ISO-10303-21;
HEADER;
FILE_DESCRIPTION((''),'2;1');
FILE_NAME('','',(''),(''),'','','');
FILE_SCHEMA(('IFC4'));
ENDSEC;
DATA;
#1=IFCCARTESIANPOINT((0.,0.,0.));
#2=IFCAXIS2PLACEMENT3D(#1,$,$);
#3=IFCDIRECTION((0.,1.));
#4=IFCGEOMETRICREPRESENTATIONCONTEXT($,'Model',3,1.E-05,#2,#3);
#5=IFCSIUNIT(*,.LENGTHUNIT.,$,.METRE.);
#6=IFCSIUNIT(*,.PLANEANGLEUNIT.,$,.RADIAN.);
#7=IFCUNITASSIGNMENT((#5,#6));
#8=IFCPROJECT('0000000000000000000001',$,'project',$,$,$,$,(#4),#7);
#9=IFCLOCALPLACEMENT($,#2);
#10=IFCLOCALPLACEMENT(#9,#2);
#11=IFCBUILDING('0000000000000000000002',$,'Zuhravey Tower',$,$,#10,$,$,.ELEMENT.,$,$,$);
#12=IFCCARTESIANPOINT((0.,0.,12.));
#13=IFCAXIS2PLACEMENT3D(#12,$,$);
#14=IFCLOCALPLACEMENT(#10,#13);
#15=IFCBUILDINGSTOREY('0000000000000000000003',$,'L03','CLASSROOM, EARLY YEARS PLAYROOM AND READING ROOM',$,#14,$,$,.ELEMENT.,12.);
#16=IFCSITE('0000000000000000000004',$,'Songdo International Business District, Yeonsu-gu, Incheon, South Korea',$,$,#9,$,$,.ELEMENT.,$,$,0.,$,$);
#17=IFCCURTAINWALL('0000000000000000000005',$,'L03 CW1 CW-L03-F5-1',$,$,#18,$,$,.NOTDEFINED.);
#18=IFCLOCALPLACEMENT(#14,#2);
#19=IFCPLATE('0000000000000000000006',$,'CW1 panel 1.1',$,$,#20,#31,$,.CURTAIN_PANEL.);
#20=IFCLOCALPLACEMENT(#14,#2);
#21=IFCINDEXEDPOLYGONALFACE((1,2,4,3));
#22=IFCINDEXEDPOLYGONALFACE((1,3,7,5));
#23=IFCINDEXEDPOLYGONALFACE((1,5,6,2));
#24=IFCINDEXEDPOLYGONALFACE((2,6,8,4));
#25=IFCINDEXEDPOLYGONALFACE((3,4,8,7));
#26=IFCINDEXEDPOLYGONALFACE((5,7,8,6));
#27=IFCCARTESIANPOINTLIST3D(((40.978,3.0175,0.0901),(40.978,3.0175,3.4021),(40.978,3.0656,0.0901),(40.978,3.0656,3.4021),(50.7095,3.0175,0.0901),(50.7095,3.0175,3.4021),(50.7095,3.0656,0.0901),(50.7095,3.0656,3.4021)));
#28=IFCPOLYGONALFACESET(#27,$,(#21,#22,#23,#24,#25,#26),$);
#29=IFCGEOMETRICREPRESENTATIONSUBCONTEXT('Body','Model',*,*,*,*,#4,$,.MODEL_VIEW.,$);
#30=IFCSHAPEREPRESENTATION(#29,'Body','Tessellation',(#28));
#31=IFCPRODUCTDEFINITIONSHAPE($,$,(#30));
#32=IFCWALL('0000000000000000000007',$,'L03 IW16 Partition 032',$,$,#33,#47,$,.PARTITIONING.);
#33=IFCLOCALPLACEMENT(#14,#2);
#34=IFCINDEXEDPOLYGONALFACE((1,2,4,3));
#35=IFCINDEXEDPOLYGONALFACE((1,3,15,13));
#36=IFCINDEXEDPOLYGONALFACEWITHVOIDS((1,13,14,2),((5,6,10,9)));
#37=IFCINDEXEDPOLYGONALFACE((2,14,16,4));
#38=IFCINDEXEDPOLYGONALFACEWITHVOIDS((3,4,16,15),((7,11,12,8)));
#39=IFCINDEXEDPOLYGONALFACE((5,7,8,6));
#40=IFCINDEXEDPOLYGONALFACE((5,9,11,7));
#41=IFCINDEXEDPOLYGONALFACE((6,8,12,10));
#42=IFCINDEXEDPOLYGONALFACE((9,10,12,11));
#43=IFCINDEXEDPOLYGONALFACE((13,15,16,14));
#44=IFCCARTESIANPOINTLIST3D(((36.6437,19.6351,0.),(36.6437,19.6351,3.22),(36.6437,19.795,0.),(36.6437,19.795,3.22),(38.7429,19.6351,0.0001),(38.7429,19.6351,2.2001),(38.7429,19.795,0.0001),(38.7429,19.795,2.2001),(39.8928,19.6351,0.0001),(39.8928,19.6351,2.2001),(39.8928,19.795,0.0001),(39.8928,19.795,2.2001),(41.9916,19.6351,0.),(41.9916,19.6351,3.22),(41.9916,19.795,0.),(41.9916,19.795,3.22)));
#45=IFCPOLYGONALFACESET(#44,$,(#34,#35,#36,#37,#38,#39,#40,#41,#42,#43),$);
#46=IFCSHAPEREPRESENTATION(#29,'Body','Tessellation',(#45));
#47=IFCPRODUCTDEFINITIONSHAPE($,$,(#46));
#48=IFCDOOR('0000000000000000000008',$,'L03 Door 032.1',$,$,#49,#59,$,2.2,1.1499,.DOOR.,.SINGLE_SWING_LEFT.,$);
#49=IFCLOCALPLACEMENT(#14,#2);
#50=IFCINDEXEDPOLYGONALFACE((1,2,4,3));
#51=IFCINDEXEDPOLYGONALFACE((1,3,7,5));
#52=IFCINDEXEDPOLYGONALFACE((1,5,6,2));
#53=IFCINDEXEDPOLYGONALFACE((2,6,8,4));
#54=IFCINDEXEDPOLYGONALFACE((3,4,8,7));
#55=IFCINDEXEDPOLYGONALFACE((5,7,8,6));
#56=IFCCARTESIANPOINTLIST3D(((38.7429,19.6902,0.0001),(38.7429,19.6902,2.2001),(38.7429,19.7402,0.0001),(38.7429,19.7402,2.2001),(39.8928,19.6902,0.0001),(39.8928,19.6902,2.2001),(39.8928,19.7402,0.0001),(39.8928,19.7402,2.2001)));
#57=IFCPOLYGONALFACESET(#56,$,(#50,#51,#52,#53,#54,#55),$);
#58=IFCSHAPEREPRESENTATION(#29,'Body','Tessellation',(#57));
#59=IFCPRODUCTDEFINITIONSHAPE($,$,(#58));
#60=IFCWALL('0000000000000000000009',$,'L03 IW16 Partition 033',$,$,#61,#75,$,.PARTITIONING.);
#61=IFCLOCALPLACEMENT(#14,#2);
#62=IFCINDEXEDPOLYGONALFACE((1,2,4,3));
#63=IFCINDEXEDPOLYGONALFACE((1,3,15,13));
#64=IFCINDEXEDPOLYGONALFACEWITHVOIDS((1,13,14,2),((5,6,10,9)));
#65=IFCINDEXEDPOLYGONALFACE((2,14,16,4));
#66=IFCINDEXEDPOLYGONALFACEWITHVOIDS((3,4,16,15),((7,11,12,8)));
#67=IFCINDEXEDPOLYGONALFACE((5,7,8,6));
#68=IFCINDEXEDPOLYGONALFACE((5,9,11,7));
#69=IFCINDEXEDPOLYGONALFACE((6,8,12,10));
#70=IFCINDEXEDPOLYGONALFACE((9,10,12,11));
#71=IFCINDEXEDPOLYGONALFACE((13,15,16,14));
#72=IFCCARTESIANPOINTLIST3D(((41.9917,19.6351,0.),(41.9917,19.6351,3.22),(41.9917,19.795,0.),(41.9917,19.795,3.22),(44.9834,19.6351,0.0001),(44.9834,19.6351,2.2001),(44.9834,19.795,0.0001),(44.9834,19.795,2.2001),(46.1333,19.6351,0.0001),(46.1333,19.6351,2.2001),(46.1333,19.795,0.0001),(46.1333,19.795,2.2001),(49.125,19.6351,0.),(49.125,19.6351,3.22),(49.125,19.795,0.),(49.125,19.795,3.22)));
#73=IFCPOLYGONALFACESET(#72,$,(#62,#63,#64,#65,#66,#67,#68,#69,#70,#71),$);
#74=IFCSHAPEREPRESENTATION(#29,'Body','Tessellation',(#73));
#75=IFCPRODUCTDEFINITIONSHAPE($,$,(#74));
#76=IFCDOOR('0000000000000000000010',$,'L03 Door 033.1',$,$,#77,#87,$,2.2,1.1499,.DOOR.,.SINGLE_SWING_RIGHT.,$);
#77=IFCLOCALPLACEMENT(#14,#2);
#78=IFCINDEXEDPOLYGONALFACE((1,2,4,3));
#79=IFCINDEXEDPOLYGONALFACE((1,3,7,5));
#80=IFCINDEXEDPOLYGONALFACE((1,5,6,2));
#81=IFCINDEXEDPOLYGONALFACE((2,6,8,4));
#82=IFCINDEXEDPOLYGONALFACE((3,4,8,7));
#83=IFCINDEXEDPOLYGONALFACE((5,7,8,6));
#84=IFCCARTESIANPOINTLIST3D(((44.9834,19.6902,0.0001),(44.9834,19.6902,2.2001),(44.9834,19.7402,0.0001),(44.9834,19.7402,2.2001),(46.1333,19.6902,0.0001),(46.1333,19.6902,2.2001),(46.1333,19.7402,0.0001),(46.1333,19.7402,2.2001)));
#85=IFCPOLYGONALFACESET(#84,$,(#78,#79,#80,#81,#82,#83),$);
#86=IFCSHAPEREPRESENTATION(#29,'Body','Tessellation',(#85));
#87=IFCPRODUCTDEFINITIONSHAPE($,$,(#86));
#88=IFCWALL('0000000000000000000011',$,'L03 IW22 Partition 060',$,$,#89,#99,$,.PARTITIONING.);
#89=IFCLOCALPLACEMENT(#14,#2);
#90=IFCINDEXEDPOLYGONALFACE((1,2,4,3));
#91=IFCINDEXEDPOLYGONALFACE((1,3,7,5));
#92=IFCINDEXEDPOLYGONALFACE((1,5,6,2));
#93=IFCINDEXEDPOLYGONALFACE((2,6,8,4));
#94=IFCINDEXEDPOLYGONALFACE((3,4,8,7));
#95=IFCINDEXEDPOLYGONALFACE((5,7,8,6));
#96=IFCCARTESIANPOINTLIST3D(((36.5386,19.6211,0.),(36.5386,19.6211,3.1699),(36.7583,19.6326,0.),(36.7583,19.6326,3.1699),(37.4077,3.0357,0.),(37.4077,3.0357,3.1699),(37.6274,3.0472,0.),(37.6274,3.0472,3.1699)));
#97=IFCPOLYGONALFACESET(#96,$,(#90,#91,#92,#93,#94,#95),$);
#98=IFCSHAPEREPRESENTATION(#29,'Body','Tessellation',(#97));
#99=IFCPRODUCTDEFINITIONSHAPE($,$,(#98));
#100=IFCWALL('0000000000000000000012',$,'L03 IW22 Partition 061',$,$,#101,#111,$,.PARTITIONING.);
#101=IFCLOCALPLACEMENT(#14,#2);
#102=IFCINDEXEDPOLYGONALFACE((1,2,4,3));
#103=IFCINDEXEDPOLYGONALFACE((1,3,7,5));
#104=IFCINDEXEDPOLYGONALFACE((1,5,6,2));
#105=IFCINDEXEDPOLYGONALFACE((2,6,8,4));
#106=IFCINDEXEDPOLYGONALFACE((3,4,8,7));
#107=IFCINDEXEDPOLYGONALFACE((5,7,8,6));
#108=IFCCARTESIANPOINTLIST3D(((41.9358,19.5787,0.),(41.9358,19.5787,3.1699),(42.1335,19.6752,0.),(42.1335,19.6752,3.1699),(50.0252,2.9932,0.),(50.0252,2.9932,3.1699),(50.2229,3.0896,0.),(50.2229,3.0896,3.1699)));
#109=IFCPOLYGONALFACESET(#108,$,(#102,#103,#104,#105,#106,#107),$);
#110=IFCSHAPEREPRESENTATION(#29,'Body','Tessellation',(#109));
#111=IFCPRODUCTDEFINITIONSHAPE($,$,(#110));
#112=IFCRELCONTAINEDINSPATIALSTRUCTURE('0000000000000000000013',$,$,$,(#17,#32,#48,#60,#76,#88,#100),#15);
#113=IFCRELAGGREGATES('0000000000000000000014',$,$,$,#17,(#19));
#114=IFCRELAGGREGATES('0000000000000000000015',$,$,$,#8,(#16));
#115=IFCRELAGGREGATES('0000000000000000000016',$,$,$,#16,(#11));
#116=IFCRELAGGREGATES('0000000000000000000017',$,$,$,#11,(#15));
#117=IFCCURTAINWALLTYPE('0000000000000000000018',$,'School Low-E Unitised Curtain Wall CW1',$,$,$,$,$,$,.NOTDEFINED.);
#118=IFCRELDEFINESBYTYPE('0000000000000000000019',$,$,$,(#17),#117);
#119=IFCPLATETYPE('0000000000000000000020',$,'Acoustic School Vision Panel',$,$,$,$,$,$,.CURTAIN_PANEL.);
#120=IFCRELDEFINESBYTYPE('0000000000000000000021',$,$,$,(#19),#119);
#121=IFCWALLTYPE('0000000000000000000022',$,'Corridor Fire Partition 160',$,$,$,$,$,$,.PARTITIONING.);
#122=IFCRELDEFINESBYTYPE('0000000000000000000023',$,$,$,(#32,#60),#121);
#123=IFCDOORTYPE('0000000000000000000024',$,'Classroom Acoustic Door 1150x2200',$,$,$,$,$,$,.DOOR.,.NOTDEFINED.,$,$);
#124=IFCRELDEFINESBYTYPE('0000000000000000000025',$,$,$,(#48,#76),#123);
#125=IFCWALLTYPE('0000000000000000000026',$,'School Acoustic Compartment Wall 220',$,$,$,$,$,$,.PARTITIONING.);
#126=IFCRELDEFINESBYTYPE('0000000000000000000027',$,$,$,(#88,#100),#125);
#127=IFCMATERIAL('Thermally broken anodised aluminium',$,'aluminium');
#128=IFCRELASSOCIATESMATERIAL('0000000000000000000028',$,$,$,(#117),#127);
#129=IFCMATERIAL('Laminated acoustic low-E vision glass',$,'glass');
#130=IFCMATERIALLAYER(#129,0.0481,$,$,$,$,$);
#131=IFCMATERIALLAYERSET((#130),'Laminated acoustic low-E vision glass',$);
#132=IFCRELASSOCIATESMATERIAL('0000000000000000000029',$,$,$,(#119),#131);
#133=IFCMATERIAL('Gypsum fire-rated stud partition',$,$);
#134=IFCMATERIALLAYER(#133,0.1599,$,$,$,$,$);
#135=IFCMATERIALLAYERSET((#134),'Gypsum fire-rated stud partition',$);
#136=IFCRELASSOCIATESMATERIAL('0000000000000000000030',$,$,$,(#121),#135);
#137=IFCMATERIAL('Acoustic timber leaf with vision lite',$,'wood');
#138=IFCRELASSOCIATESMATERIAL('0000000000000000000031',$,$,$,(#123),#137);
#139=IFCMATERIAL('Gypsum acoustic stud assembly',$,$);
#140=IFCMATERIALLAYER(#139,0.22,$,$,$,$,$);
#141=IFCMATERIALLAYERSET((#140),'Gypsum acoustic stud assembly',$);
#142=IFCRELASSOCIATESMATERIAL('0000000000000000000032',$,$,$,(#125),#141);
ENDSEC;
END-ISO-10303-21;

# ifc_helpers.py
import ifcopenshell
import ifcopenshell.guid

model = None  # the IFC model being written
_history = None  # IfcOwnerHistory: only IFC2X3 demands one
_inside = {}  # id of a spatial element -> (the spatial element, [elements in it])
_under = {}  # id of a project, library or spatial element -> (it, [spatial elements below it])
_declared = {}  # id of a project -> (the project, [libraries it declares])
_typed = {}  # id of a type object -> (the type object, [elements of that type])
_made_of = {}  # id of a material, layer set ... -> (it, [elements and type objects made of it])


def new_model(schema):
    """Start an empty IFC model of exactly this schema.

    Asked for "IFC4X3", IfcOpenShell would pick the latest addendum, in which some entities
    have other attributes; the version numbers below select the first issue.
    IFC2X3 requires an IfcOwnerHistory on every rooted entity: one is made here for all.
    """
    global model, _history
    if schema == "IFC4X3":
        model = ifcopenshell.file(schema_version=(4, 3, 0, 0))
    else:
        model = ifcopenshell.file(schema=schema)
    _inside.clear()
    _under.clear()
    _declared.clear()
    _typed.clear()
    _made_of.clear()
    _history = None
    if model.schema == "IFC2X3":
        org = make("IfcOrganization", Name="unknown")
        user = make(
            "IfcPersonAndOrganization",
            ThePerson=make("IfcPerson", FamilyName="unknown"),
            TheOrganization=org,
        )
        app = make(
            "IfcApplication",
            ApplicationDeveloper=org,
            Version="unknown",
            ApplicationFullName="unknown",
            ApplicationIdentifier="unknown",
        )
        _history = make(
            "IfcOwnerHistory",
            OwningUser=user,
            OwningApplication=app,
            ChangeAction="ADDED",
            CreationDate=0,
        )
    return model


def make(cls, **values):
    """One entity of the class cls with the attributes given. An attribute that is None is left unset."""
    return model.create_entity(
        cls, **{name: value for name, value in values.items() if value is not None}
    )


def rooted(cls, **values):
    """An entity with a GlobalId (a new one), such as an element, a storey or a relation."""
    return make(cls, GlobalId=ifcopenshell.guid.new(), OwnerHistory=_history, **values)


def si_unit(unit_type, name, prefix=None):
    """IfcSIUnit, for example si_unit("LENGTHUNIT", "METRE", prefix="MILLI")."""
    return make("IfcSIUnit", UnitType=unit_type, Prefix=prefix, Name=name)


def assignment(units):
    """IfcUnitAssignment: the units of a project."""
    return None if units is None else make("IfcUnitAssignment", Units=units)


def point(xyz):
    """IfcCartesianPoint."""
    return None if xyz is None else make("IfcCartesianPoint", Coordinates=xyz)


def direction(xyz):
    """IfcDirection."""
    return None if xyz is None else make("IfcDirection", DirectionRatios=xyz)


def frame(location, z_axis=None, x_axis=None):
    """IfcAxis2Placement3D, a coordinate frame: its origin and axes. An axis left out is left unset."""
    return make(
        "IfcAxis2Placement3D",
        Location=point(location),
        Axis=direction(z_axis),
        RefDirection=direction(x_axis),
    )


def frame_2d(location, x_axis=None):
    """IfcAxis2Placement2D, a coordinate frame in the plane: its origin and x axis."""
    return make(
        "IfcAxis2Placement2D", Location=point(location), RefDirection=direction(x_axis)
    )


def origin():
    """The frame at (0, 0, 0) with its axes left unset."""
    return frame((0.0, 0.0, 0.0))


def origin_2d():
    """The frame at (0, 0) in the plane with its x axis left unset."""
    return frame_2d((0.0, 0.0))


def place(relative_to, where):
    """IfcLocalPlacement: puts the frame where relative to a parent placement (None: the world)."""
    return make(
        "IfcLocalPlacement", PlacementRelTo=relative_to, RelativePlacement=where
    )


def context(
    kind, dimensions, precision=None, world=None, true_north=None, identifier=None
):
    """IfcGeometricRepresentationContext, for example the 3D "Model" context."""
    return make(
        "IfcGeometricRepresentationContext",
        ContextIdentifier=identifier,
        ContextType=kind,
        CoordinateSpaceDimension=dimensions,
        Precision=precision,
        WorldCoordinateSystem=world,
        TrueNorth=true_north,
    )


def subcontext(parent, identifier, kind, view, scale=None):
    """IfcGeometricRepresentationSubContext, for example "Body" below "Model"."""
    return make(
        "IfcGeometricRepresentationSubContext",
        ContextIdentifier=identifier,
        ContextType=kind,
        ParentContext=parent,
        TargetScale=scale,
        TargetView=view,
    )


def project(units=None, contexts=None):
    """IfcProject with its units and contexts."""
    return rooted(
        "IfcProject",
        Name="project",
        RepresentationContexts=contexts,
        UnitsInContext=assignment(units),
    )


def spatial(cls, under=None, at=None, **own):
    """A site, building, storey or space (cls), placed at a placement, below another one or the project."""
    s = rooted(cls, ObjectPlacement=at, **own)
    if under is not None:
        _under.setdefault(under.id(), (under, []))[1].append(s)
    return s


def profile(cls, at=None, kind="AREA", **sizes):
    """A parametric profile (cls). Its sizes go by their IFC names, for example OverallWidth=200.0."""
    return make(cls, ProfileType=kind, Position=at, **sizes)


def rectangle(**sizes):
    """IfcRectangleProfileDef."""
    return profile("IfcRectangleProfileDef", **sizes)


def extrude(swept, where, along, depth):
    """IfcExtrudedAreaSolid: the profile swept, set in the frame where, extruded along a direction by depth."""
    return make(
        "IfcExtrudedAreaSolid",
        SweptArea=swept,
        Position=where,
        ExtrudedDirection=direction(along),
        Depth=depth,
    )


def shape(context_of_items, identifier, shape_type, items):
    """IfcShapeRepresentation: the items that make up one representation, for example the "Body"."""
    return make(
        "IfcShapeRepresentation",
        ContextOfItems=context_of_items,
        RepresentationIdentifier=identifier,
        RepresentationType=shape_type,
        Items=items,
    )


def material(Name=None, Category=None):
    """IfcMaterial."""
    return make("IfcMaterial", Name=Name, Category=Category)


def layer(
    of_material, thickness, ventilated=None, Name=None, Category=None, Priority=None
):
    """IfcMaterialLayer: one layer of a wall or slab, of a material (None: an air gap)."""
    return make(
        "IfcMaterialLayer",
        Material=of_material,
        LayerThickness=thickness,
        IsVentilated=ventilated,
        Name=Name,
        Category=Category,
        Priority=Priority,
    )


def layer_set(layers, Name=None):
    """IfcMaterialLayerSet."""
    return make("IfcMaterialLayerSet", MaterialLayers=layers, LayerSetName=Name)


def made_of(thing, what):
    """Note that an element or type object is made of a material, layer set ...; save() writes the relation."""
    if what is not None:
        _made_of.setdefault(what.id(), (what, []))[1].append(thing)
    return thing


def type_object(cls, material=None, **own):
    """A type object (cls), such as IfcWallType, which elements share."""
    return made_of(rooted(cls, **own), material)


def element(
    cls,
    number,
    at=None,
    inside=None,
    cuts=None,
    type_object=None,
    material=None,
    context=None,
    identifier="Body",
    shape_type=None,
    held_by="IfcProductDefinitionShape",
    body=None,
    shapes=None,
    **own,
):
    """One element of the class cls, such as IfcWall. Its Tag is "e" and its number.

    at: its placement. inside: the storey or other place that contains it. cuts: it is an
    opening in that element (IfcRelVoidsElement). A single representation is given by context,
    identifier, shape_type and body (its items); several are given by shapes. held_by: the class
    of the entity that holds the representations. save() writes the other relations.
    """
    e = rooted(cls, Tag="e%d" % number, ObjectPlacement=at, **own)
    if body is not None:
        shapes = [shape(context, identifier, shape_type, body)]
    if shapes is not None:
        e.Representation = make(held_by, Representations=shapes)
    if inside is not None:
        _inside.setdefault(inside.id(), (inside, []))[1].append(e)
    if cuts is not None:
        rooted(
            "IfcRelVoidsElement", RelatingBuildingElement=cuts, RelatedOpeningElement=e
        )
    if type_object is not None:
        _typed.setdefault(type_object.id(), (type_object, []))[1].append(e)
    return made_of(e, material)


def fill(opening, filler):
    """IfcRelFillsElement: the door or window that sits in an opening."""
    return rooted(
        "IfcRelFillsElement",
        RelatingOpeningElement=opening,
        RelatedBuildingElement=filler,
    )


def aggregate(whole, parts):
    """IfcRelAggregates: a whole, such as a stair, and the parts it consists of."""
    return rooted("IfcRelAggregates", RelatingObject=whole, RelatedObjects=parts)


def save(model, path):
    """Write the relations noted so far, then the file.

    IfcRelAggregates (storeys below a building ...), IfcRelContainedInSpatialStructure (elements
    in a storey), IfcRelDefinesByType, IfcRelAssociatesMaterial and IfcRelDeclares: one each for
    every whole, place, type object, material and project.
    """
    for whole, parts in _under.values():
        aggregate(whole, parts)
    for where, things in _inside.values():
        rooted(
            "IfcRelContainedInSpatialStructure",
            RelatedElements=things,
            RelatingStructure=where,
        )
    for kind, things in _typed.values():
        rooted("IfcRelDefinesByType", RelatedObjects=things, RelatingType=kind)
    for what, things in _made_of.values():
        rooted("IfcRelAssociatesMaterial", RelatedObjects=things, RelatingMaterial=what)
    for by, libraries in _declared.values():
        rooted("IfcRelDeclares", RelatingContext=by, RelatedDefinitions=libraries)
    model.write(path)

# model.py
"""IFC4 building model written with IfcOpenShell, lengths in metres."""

from ifc_helpers import new_model, si_unit, direction, frame, frame_2d, origin, origin_2d, place, context, subcontext, project, spatial, rectangle, extrude, material, layer, layer_set, type_object, element, fill, aggregate, save


model = new_model("IFC4")

# Units and contexts
model_context = context("Model", 3, precision=1e-05, world=origin(), true_north=direction((0.0, 1.0)))
body_context = subcontext(model_context, "Body", "Model", "MODEL_VIEW")
ifc_project = project(units=[si_unit("LENGTHUNIT", "METRE"), si_unit("PLANEANGLEUNIT", "RADIAN")], contexts=[model_context])

# Site, building, storey
site_placement = place(None, origin())
site = spatial("IfcSite", under=ifc_project, at=site_placement, Name="Songdo International Business District, Yeonsu-gu, Incheon, South Korea", CompositionType="ELEMENT", RefElevation=0.0)
building_placement = place(site_placement, origin())
building = spatial("IfcBuilding", under=site, at=building_placement, Name="Zuhravey Tower", CompositionType="ELEMENT")
storey_placement = place(building_placement, frame((0.0, 0.0, 12.0)))
storey = spatial("IfcBuildingStorey", under=building, at=storey_placement, Name="L03", Description="CLASSROOM, EARLY YEARS PLAYROOM AND READING ROOM", CompositionType="ELEMENT", Elevation=12.0)

# Curtain wall
ifc_material_1 = material(Name="Thermally broken anodised aluminium", Category="aluminium")
curtain_wall_type = type_object("IfcCurtainWallType", Name="School Low-E Unitised Curtain Wall CW1", PredefinedType="NOTDEFINED", material=ifc_material_1)
curtain_wall_placement = place(storey_placement, origin())
curtain_wall = element("IfcCurtainWall", 1, at=curtain_wall_placement, inside=storey, type_object=curtain_wall_type, Name="L03 CW1 CW-L03-F5-1", PredefinedType="NOTDEFINED")

# Plate
ifc_material_2 = material(Name="Laminated acoustic low-E vision glass", Category="glass")
ifc_layer_1 = layer(ifc_material_2, 0.0481)
ifc_layer_set_1 = layer_set([ifc_layer_1], Name="Laminated acoustic low-E vision glass")
plate_type = type_object("IfcPlateType", Name="Acoustic School Vision Panel", PredefinedType="CURTAIN_PANEL", material=ifc_layer_set_1)
plate_placement = place(storey_placement, frame((45.8438, 3.0415, 0.0901), z_axis=(0.0, 0.0, 1.0), x_axis=(-1.0, 0.0, 0.0)))
plate = element("IfcPlate", 2, at=plate_placement, type_object=plate_type, Name="CW1 panel 1.1", PredefinedType="CURTAIN_PANEL", context=body_context, shape_type="SweptSolid", body=[
    extrude(rectangle(XDim=9.7314, YDim=0.0481, at=origin_2d()), origin(), (0.0, 0.0, 1.0), 3.312),
])
aggregate(curtain_wall, [plate])

# Walls, openings, doors
ifc_material_3 = material(Name="Gypsum fire-rated stud partition")
ifc_layer_2 = layer(ifc_material_3, 0.1599)
ifc_layer_set_2 = layer_set([ifc_layer_2], Name="Gypsum fire-rated stud partition")
wall_type_1 = type_object("IfcWallType", Name="Corridor Fire Partition 160", PredefinedType="PARTITIONING", material=ifc_layer_set_2)
wall_1_placement = place(storey_placement, frame((36.6438, 19.7151, 0.0), z_axis=(0.0, 0.0, 1.0), x_axis=(1.0, 0.0, 0.0)))
wall_1 = element("IfcWall", 3, at=wall_1_placement, inside=storey, type_object=wall_type_1, Name="L03 IW16 Partition 032", PredefinedType="PARTITIONING", context=body_context, shape_type="SweptSolid", body=[
    extrude(rectangle(XDim=5.3479, YDim=0.1599, at=frame_2d((2.6738, 0.0))), origin(), (0.0, 0.0, 1.0), 3.22),
])
opening_1_placement = place(wall_1_placement, frame((2.0991, 0.0, 0.0)))
opening_1 = element("IfcOpeningElement", 4, at=opening_1_placement, cuts=wall_1, PredefinedType="OPENING", context=body_context, shape_type="SweptSolid", body=[
    extrude(rectangle(XDim=1.1499, YDim=2.2, at=frame_2d((0.575, 1.1001))), frame((0.0, 0.092, 0.0), z_axis=(0.0, -1.0, 0.0), x_axis=(1.0, 0.0, 0.0)), (0.0, 0.0, 1.0), 0.1838),
])
ifc_material_4 = material(Name="Acoustic timber leaf with vision lite", Category="wood")
door_type_1 = type_object("IfcDoorType", Name="Classroom Acoustic Door 1150x2200", OperationType="NOTDEFINED", PredefinedType="DOOR", material=ifc_material_4)
door_1_placement = place(opening_1_placement, frame((1.1499, 0.0, 0.0), z_axis=(0.0, 0.0, 1.0), x_axis=(-1.0, 0.0, 0.0)))
door_1 = element("IfcDoor", 5, at=door_1_placement, inside=storey, type_object=door_type_1, Name="L03 Door 032.1", OperationType="SINGLE_SWING_LEFT", OverallHeight=2.2, OverallWidth=1.1499, PredefinedType="DOOR", context=body_context, shape_type="SweptSolid", body=[
    extrude(rectangle(XDim=1.1499, YDim=2.2, at=frame_2d((0.575, 1.1001))), frame((0.0, 0.0249, 0.0), z_axis=(0.0, -1.0, 0.0), x_axis=(1.0, 0.0, 0.0)), (0.0, 0.0, 1.0), 0.05),
])
fill(opening_1, door_1)
wall_2_placement = place(storey_placement, frame((41.9917, 19.7151, 0.0), z_axis=(0.0, 0.0, 1.0), x_axis=(1.0, 0.0, 0.0)))
wall_2 = element("IfcWall", 6, at=wall_2_placement, inside=storey, type_object=wall_type_1, Name="L03 IW16 Partition 033", PredefinedType="PARTITIONING", context=body_context, shape_type="SweptSolid", body=[
    extrude(rectangle(XDim=7.1333, YDim=0.1599, at=frame_2d((3.5667, 0.0))), origin(), (0.0, 0.0, 1.0), 3.22),
])
opening_2_placement = place(wall_2_placement, frame((2.9917, 0.0, 0.0)))
opening_2 = element("IfcOpeningElement", 7, at=opening_2_placement, cuts=wall_2, PredefinedType="OPENING", context=body_context, shape_type="SweptSolid", body=[
    extrude(rectangle(XDim=1.1499, YDim=2.2, at=frame_2d((0.575, 1.1001))), frame((0.0, 0.092, 0.0), z_axis=(0.0, -1.0, 0.0), x_axis=(1.0, 0.0, 0.0)), (0.0, 0.0, 1.0), 0.1838),
])
door_2_placement = place(opening_2_placement, frame((1.1499, 0.0, 0.0), z_axis=(0.0, 0.0, 1.0), x_axis=(-1.0, 0.0, 0.0)))
door_2 = element("IfcDoor", 8, at=door_2_placement, inside=storey, type_object=door_type_1, Name="L03 Door 033.1", OperationType="SINGLE_SWING_RIGHT", OverallHeight=2.2, OverallWidth=1.1499, PredefinedType="DOOR", context=body_context, shape_type="SweptSolid", body=[
    extrude(rectangle(XDim=1.1499, YDim=2.2, at=frame_2d((0.575, 1.1001))), frame((0.0, 0.0249, 0.0), z_axis=(0.0, -1.0, 0.0), x_axis=(1.0, 0.0, 0.0)), (0.0, 0.0, 1.0), 0.05),
])
fill(opening_2, door_2)

# Walls
ifc_material_5 = material(Name="Gypsum acoustic stud assembly")
ifc_layer_3 = layer(ifc_material_5, 0.22)
ifc_layer_set_3 = layer_set([ifc_layer_3], Name="Gypsum acoustic stud assembly")
wall_type_2 = type_object("IfcWallType", Name="School Acoustic Compartment Wall 220", PredefinedType="PARTITIONING", material=ifc_layer_set_3)
wall_3_placement = place(storey_placement, frame((36.6484, 19.627, 0.0), z_axis=(0.0, 0.0, 1.0), x_axis=(0.052332, -0.99863, 0.0)))
element("IfcWall", 9, at=wall_3_placement, inside=storey, type_object=wall_type_2, Name="L03 IW22 Partition 060", PredefinedType="PARTITIONING", context=body_context, shape_type="SweptSolid", body=[
    extrude(rectangle(XDim=16.6082, YDim=0.22, at=frame_2d((8.3042, 0.0))), origin(), (0.0, 0.0, 1.0), 3.1699),
])
wall_4_placement = place(storey_placement, frame((42.0347, 19.627, 0.0), z_axis=(0.0, 0.0, 1.0), x_axis=(0.438375, -0.898792, 0.0)))
element("IfcWall", 10, at=wall_4_placement, inside=storey, type_object=wall_type_2, Name="L03 IW22 Partition 061", PredefinedType="PARTITIONING", context=body_context, shape_type="SweptSolid", body=[
    extrude(rectangle(XDim=18.4531, YDim=0.22, at=frame_2d((9.2266, 0.0))), origin(), (0.0, 0.0, 1.0), 3.1699),
])

save(model, "model.ifc")
